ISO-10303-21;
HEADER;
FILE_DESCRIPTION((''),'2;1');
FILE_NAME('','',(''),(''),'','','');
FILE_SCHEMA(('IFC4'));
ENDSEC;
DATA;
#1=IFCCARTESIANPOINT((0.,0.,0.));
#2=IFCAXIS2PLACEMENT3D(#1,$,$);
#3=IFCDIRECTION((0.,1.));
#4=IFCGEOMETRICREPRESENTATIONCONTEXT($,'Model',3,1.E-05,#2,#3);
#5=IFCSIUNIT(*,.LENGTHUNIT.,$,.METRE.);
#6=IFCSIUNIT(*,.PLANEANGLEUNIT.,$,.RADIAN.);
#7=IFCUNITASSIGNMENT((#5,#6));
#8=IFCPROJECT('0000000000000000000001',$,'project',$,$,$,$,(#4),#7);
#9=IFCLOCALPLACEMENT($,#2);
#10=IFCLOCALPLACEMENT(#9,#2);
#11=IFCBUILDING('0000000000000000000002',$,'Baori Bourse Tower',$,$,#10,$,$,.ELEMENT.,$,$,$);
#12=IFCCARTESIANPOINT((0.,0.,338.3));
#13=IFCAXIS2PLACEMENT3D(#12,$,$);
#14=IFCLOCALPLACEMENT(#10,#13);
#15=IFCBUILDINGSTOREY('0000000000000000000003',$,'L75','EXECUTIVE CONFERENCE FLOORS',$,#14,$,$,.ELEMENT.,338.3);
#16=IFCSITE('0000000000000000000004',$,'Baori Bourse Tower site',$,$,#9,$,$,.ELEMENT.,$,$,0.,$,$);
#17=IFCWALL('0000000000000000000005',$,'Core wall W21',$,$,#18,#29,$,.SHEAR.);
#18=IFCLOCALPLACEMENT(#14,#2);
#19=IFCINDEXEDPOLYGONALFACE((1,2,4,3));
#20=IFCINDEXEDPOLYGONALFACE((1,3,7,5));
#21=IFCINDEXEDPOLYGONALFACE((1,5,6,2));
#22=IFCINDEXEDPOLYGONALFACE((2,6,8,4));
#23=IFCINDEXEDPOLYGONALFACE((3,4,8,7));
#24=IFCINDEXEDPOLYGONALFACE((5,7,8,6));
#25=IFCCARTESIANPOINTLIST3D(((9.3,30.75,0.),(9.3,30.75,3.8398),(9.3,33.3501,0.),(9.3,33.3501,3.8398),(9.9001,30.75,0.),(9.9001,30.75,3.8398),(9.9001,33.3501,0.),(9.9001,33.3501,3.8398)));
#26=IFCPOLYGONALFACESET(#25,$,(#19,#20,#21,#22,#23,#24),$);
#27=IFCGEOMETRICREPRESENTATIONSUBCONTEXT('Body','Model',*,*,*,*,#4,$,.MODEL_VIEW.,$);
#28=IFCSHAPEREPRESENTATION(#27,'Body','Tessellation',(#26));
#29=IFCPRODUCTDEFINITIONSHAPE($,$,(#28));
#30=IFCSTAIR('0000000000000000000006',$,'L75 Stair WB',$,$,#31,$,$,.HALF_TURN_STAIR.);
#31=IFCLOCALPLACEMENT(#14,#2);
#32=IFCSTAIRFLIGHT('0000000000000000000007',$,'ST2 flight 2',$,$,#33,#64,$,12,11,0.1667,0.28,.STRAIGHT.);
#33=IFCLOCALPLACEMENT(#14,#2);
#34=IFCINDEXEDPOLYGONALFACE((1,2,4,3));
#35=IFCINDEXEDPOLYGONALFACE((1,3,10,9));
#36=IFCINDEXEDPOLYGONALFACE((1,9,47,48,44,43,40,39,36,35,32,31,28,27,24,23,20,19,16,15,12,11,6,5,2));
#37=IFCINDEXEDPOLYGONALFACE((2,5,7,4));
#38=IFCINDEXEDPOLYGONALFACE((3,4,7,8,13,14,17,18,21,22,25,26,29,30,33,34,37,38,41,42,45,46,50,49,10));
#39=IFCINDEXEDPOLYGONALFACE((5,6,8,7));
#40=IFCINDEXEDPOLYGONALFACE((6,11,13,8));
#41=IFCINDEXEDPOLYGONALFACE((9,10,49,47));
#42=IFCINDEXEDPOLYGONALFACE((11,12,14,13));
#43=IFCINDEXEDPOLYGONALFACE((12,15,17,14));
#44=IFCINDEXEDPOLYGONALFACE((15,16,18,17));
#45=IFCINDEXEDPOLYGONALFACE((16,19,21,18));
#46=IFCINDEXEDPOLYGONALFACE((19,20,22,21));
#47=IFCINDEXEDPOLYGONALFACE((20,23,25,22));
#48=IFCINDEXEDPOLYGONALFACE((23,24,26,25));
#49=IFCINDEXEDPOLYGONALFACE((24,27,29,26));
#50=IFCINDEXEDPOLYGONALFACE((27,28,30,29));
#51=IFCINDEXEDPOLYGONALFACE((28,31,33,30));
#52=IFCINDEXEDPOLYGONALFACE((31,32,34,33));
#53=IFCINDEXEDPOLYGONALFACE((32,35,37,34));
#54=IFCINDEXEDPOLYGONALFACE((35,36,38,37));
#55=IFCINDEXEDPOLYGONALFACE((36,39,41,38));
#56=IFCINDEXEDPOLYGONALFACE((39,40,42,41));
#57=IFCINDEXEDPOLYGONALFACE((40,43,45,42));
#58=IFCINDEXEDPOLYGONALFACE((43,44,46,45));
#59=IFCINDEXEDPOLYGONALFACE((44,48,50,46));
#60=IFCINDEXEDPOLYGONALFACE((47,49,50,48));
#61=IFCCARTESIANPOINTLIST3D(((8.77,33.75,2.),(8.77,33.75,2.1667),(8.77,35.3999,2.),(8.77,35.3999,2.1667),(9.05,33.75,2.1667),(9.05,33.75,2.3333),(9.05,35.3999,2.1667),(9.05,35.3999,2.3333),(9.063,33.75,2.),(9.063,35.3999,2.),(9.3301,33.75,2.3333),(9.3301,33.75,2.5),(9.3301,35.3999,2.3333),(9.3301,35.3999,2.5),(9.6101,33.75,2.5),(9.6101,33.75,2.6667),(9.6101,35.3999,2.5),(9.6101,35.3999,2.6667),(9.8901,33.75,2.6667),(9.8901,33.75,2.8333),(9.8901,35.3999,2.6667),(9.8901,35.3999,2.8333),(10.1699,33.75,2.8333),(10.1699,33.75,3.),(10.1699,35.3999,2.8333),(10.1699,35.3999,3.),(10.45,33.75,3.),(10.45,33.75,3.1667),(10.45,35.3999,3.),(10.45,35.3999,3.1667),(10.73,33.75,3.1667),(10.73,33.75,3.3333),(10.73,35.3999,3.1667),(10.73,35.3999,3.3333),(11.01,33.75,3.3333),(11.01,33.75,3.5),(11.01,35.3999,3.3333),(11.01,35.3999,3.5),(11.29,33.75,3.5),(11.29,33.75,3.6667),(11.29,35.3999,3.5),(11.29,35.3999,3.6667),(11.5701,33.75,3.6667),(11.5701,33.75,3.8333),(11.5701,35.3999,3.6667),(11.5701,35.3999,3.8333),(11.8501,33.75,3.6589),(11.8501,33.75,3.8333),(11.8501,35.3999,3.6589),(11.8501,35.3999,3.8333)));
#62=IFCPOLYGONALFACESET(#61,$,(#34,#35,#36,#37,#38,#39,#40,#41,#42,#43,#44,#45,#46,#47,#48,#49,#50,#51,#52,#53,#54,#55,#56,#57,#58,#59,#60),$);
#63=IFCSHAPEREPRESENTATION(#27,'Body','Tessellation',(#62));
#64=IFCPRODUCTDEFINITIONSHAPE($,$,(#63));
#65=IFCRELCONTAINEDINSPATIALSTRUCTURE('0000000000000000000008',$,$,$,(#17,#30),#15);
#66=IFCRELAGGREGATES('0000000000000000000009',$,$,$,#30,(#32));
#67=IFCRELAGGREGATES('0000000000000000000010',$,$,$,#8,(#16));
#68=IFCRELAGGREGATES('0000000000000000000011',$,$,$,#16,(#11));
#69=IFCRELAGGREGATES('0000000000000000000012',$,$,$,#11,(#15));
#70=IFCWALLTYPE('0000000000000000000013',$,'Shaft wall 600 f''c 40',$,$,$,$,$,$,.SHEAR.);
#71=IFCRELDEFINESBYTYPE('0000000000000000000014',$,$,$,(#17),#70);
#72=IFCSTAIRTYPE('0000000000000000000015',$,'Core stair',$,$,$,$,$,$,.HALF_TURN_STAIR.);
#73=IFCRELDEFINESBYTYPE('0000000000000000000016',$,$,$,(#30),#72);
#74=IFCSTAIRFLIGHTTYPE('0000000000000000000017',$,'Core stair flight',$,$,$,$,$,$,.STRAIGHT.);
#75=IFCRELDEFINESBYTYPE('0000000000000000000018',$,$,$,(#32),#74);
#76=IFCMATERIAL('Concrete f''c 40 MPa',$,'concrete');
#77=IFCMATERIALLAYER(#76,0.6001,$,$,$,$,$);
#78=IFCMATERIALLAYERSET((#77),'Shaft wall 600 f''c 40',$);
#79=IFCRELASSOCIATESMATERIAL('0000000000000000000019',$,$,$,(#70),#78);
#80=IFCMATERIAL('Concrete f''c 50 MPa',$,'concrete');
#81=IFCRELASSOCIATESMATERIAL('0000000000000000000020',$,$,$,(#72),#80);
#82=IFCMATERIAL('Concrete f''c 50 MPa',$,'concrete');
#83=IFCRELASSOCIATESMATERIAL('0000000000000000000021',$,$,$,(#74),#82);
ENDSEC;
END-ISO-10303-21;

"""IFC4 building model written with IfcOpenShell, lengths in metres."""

from ifc_helpers import new_model, si_unit, direction, frame, frame_2d, origin, place, context, subcontext, project, spatial, polyline, rectangle, outline, extrude, material, layer, layer_set, type_object, element, aggregate, save


model = new_model("IFC4")

# Units and contexts
model_context = context("Model", 3, precision=1e-05, world=origin(), true_north=direction((0.0, 1.0)))
body_context = subcontext(model_context, "Body", "Model", "MODEL_VIEW")
ifc_project = project(units=[si_unit("LENGTHUNIT", "METRE"), si_unit("PLANEANGLEUNIT", "RADIAN")], contexts=[model_context])

# Site, building, storey
site_placement = place(None, origin())
site = spatial("IfcSite", under=ifc_project, at=site_placement, Name="Baori Bourse Tower site", CompositionType="ELEMENT", RefElevation=0.0)
building_placement = place(site_placement, origin())
building = spatial("IfcBuilding", under=site, at=building_placement, Name="Baori Bourse Tower", CompositionType="ELEMENT")
storey_placement = place(building_placement, frame((0.0, 0.0, 338.3)))
storey = spatial("IfcBuildingStorey", under=building, at=storey_placement, Name="L75", Description="EXECUTIVE CONFERENCE FLOORS", CompositionType="ELEMENT", Elevation=338.3)

# Wall
ifc_material_1 = material(Name="Concrete f'c 40 MPa", Category="concrete")
ifc_layer_1 = layer(ifc_material_1, 0.6001)
ifc_layer_set_1 = layer_set([ifc_layer_1], Name="Shaft wall 600 f'c 40")
wall_type_1 = type_object("IfcWallType", Name="Shaft wall 600 f'c 40", PredefinedType="SHEAR", material=ifc_layer_set_1)
for number, where, z_axis, x_axis, name in (
    (1, (9.6001, 30.75, 0.0), (0.0, 0.0, 1.0), (0.0, 1.0, 0.0), "Core wall W21"),
):
    element("IfcWall", number, at=place(storey_placement, frame(where, z_axis=z_axis, x_axis=x_axis)), inside=storey, type_object=wall_type_1, Name=name, PredefinedType="SHEAR", context=body_context, shape_type="SweptSolid", body=[
        extrude(rectangle(XDim=2.6001, YDim=0.6001, at=frame_2d((1.3, 0.0))), origin(), (0.0, 0.0, 1.0), 3.8398),
    ])

# Stair, stair flight
ifc_material_2 = material(Name="Concrete f'c 50 MPa", Category="concrete")
stair_type = type_object("IfcStairType", Name="Core stair", PredefinedType="HALF_TURN_STAIR", material=ifc_material_2)
stair_placement = place(storey_placement, origin())
stair = element("IfcStair", 2, at=stair_placement, inside=storey, type_object=stair_type, Name="L75 Stair WB", PredefinedType="HALF_TURN_STAIR")
ifc_material_3 = material(Name="Concrete f'c 50 MPa", Category="concrete")
stair_flight_type = type_object("IfcStairFlightType", Name="Core stair flight", PredefinedType="STRAIGHT", material=ifc_material_3)
stair_flight_placement = place(storey_placement, frame((8.77, 34.575, 2.0), z_axis=(0.0, 0.0, 1.0), x_axis=(1.0, 0.0, 0.0)))
stair_flight = element("IfcStairFlight", 3, at=stair_flight_placement, type_object=stair_flight_type, Name="ST2 flight 2", NumberOfRisers=12, NumberOfTreads=11, PredefinedType="STRAIGHT", RiserHeight=0.1667, TreadLength=0.28, context=body_context, shape_type="SweptSolid", body=[
    extrude(outline(polyline([(0.0, 0.0), (0.0, 0.1667), (0.28, 0.1667), (0.28, 0.3333), (0.5601, 0.3333), (0.5601, 0.5), (0.8401, 0.5), (0.8401, 0.6667), (1.1201, 0.6667), (1.1201, 0.8333), (1.3999, 0.8333), (1.3999, 1.0), (1.6799, 1.0), (1.6799, 1.1667), (1.96, 1.1667), (1.96, 1.3333), (2.24, 1.3333), (2.24, 1.5), (2.52, 1.5), (2.52, 1.6667), (2.8, 1.6667), (2.8, 1.8333), (3.0801, 1.8333), (3.0801, 2.0), (3.0801, 1.6589), (0.293, 0.0), (0.0, 0.0)])), frame((0.0, 0.825, 0.0), z_axis=(0.0, -1.0, 0.0), x_axis=(1.0, 0.0, 0.0)), (0.0, 0.0, 1.0), 1.6499),
])
aggregate(stair, [stair_flight])

save(model, "model.ifc")
